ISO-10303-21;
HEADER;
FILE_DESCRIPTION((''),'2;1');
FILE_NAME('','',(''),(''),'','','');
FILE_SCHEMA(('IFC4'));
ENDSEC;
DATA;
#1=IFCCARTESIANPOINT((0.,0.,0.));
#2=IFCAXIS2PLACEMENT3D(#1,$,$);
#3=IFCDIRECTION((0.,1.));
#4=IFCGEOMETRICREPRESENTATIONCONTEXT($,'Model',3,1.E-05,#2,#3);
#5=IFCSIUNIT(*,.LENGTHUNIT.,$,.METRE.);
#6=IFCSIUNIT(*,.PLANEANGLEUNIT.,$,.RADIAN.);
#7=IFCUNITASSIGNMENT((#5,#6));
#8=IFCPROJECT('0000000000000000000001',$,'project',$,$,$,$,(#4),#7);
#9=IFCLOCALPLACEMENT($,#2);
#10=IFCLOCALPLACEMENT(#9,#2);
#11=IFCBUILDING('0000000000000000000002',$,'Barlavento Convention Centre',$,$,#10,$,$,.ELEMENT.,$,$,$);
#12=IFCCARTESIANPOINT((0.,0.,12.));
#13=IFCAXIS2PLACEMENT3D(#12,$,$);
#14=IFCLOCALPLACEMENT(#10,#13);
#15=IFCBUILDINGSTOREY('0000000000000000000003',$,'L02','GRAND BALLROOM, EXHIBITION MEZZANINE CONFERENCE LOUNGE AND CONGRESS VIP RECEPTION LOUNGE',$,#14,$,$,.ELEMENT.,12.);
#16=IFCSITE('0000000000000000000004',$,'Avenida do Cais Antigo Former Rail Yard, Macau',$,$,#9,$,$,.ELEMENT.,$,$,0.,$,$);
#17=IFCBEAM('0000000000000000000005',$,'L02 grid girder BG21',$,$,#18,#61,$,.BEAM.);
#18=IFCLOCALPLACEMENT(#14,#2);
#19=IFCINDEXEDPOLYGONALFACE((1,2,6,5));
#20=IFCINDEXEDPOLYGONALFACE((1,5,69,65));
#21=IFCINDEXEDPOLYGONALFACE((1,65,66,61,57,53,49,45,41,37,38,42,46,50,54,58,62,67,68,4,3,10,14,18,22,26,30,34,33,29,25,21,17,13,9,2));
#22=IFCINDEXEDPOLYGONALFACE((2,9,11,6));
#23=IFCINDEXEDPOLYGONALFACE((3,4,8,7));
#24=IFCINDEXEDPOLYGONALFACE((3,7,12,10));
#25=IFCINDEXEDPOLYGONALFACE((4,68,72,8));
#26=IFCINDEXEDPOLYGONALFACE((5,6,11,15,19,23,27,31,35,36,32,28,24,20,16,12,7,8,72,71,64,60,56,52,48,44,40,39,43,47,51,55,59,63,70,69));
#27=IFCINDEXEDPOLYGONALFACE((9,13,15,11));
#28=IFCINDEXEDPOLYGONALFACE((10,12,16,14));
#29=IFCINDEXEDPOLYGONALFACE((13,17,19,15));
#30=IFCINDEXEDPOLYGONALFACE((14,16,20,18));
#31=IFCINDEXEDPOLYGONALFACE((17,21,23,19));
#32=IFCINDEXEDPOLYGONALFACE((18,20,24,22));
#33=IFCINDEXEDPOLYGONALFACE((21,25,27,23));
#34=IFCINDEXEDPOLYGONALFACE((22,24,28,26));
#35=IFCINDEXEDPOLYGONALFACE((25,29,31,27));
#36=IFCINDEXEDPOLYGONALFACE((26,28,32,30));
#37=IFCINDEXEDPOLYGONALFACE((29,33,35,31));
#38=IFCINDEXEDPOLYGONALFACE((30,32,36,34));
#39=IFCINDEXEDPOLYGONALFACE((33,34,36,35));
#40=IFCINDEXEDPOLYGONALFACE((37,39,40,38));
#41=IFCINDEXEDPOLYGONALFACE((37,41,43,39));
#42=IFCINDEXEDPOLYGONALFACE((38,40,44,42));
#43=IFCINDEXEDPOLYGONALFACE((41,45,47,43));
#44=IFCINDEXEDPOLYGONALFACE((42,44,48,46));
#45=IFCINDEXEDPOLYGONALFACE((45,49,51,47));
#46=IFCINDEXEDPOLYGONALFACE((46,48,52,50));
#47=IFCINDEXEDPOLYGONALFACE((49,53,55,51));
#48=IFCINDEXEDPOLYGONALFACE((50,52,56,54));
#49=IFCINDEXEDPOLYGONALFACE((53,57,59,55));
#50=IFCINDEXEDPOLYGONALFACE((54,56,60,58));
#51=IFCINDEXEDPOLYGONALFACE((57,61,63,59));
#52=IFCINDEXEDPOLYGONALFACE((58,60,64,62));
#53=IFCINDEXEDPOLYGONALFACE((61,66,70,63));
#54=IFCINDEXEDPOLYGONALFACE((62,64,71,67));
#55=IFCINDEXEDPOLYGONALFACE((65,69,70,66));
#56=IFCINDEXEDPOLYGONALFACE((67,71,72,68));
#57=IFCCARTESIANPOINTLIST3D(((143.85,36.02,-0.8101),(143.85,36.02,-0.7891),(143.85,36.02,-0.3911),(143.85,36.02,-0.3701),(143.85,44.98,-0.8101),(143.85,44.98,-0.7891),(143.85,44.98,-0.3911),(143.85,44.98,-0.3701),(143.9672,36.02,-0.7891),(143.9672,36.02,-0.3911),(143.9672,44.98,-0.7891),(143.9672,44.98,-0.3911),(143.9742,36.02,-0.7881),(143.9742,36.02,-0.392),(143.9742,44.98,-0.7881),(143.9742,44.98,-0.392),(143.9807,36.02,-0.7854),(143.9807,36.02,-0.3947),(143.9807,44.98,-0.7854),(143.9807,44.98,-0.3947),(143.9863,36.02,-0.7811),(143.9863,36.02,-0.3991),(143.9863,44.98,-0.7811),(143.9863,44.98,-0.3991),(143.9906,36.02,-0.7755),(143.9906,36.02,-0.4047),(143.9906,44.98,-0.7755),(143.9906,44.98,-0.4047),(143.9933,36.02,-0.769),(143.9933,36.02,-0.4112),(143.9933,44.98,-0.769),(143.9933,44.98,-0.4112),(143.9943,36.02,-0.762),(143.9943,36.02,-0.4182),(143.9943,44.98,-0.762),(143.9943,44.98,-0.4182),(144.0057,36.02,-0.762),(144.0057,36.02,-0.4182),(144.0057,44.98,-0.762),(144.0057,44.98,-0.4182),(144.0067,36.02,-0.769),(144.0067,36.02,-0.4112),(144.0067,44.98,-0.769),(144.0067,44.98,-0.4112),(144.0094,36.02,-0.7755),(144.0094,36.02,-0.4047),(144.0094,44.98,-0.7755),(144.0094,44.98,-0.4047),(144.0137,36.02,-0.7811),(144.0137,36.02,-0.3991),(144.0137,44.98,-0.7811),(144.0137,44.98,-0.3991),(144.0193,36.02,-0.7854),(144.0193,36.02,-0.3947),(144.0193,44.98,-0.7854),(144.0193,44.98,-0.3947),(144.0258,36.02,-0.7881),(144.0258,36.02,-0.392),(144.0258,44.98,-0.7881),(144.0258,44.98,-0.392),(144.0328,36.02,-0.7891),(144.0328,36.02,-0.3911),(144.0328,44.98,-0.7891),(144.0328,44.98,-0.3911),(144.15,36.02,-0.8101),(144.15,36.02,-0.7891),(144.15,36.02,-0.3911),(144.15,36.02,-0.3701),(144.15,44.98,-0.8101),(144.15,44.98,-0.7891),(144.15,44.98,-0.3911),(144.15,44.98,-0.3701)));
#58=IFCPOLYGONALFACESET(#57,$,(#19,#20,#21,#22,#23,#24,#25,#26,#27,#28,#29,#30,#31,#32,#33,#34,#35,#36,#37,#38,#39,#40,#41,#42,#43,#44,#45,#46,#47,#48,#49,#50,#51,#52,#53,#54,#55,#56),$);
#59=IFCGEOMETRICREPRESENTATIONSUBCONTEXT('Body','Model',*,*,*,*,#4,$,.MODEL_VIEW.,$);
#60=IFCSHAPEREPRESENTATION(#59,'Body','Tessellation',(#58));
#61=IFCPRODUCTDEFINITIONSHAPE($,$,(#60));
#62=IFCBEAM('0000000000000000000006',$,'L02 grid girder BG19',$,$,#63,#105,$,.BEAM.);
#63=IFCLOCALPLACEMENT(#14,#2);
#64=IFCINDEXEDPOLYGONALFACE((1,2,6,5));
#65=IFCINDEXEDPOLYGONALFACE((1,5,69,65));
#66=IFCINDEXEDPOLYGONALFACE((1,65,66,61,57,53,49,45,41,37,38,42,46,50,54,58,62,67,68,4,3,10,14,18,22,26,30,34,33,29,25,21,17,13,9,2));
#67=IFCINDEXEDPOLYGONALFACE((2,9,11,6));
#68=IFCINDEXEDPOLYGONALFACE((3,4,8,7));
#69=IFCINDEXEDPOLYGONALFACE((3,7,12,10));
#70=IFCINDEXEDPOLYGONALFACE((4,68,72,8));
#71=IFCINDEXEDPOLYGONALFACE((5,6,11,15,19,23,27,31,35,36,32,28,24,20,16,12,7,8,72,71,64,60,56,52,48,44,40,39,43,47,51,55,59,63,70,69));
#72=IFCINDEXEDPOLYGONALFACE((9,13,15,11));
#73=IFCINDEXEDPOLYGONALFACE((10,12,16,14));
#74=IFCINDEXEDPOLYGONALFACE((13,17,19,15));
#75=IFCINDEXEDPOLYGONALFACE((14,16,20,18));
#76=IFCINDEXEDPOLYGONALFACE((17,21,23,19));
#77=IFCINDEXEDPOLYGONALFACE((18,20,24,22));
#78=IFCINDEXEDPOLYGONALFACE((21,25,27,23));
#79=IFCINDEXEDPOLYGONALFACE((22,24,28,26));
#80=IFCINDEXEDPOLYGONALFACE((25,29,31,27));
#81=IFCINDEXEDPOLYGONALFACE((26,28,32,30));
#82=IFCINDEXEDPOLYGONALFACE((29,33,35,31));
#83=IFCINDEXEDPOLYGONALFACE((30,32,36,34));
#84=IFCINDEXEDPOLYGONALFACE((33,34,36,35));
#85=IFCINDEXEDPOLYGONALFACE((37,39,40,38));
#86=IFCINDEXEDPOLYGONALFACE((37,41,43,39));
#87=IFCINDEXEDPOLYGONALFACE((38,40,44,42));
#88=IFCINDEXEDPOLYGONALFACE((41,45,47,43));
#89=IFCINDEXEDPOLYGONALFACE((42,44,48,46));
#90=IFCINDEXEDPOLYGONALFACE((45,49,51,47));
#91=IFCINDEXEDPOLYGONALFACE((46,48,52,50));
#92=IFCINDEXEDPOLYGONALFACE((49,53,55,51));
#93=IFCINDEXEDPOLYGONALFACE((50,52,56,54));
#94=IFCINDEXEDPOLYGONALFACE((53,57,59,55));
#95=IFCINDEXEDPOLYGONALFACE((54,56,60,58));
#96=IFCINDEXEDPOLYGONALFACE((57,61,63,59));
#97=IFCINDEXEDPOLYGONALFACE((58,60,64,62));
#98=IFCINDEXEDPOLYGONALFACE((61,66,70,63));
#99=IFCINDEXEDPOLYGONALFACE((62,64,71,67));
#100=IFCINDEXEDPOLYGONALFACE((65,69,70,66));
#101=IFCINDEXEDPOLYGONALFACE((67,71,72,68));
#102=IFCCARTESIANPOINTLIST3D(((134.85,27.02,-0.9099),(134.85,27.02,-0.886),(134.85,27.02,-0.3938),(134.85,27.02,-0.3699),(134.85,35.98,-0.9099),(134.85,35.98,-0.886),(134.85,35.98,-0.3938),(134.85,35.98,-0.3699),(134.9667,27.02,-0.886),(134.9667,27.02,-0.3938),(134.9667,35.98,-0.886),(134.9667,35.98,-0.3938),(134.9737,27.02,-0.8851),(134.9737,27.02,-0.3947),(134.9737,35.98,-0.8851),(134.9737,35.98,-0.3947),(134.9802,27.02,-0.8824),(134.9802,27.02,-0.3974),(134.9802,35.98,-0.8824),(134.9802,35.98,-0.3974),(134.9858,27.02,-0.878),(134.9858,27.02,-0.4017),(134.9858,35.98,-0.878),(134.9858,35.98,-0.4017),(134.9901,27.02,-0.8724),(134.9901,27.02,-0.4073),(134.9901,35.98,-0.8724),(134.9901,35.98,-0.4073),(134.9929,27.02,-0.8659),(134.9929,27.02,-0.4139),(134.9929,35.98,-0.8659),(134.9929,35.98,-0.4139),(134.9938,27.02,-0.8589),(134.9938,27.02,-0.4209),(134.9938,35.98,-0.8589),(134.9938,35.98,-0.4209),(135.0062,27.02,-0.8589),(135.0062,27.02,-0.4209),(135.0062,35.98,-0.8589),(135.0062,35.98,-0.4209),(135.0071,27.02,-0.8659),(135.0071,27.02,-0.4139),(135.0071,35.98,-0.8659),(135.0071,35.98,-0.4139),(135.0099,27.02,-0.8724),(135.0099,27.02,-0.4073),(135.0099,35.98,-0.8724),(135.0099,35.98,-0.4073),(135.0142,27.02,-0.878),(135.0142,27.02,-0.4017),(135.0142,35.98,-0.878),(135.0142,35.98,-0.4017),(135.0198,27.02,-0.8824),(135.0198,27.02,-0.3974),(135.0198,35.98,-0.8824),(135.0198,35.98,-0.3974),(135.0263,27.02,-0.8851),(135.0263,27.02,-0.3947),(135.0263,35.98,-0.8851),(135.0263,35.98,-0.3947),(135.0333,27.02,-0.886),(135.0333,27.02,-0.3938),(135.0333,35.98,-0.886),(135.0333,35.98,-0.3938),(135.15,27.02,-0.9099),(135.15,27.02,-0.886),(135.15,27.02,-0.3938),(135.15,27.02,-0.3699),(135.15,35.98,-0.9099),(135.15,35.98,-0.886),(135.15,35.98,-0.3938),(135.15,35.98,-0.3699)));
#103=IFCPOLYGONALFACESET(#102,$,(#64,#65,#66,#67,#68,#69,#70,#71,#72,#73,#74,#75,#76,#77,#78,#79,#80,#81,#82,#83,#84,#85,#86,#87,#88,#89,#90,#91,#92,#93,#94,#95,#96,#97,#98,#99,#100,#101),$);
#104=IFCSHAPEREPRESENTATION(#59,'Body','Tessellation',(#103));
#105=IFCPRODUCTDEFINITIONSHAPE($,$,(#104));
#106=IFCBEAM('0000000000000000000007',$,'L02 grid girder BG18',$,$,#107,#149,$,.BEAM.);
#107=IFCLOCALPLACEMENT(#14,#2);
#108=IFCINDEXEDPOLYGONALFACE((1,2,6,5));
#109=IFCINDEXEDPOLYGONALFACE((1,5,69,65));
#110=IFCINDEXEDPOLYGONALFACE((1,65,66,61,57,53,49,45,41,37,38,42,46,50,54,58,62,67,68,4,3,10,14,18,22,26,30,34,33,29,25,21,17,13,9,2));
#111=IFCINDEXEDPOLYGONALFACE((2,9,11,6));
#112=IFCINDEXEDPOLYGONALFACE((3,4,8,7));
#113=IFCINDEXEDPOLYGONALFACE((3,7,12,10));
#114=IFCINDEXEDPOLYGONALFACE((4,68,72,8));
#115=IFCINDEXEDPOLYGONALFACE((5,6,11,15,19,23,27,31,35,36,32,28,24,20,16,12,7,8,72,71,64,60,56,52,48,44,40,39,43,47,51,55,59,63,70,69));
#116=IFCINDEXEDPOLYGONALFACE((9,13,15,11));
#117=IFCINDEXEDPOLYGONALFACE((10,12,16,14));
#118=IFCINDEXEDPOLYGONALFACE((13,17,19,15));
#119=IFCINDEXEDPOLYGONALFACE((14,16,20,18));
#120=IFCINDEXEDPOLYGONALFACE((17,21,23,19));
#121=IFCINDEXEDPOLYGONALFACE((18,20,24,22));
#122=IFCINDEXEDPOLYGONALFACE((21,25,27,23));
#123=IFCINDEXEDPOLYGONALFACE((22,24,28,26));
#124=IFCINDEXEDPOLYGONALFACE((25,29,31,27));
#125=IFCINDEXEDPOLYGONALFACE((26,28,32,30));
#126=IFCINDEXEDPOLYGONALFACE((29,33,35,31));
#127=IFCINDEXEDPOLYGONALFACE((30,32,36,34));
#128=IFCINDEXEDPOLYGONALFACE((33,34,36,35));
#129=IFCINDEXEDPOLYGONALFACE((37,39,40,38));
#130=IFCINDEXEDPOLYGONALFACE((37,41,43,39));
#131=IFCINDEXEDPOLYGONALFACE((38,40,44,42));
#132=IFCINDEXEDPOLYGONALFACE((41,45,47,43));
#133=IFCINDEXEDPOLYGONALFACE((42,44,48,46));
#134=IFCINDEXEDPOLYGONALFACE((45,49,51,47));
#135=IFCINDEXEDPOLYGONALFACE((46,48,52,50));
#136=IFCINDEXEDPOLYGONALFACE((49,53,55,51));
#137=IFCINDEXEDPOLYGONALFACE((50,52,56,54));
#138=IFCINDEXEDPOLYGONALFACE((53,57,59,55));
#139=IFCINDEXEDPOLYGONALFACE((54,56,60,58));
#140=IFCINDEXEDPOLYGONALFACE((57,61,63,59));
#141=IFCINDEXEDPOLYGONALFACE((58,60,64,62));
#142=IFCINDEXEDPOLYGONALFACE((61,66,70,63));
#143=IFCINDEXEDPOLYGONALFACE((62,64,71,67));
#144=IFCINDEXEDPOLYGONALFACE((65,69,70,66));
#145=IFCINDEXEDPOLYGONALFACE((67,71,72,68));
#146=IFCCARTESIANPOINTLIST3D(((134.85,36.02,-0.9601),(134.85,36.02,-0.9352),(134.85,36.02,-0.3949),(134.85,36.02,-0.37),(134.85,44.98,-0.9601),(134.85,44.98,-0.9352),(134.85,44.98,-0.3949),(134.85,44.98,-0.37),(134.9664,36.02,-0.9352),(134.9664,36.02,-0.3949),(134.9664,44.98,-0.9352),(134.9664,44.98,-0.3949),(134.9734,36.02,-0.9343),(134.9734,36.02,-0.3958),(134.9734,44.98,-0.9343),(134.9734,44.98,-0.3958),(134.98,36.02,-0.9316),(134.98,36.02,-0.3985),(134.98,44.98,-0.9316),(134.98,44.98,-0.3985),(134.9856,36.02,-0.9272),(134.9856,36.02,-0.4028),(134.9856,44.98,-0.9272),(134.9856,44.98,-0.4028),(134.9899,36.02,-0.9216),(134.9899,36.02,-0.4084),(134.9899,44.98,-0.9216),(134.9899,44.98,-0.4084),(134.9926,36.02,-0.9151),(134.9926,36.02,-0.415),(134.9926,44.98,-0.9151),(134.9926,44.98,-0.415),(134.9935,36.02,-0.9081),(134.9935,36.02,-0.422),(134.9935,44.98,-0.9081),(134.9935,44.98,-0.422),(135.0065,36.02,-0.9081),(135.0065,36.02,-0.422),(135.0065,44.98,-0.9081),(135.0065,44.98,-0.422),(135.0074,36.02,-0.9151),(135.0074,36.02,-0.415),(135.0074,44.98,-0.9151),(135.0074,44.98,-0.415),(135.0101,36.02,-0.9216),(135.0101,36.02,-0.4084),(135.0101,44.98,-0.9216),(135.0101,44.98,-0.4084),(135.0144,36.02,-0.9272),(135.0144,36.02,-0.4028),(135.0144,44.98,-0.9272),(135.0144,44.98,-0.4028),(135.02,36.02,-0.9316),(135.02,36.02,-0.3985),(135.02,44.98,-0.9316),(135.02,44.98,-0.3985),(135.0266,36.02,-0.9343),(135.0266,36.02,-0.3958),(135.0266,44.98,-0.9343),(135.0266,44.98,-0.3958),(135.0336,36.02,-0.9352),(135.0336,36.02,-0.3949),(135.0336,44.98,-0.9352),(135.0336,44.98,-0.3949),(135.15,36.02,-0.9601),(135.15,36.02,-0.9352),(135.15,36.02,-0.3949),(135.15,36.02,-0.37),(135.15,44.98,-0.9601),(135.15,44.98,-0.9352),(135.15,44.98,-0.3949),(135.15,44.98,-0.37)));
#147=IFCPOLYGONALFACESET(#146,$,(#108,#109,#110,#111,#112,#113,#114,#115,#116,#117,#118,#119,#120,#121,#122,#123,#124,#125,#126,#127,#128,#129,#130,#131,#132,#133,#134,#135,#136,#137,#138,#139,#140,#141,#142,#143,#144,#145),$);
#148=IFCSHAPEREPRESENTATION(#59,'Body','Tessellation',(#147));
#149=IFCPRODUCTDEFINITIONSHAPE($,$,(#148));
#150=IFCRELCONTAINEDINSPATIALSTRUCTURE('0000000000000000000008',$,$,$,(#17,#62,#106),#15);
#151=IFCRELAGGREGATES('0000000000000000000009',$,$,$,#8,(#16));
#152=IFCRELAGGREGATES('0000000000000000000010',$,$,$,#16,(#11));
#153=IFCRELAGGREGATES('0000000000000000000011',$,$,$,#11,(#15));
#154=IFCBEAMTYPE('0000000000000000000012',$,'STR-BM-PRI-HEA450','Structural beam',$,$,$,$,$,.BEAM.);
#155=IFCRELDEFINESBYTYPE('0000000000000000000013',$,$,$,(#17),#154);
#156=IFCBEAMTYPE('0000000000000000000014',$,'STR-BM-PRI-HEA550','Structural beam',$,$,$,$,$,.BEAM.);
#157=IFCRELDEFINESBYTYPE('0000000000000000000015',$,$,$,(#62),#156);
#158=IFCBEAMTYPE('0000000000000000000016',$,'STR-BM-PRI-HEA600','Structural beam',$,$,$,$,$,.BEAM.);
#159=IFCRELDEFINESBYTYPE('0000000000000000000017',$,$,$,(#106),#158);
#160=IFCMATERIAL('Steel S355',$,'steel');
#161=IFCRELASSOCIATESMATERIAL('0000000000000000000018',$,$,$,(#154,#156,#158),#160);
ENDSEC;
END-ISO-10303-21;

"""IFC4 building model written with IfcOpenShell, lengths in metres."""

from ifc_helpers import new_model, si_unit, direction, frame, origin, origin_2d, place, context, subcontext, project, spatial, i_section, extrude, material, material_profile, profile_set, type_object, element, save


model = new_model("IFC4")

# Units and contexts
model_context = context("Model", 3, precision=1e-05, world=origin(), true_north=direction((0.0, 1.0)))
body_context = subcontext(model_context, "Body", "Model", "MODEL_VIEW")
ifc_project = project(units=[si_unit("LENGTHUNIT", "METRE"), si_unit("PLANEANGLEUNIT", "RADIAN")], contexts=[model_context])

# Site, building, storey
site_placement = place(None, origin())
site = spatial("IfcSite", under=ifc_project, at=site_placement, Name="Avenida do Cais Antigo Former Rail Yard, Macau", CompositionType="ELEMENT", RefElevation=0.0)
building_placement = place(site_placement, origin())
building = spatial("IfcBuilding", under=site, at=building_placement, Name="Barlavento Convention Centre", CompositionType="ELEMENT")
storey_placement = place(building_placement, frame((0.0, 0.0, 12.0)))
storey = spatial("IfcBuildingStorey", under=building, at=storey_placement, Name="L02", Description="GRAND BALLROOM, EXHIBITION MEZZANINE CONFERENCE LOUNGE AND CONGRESS VIP RECEPTION LOUNGE", CompositionType="ELEMENT", Elevation=12.0)

# Shared definitions
ifc_material_1 = material(Name="Steel S355", Category="steel")

# Beams
ifc_material_profile_1 = material_profile(ifc_material_1, i_section(OverallWidth=0.3, OverallDepth=0.4399, WebThickness=0.0115, FlangeThickness=0.021, FilletRadius=0.0271, at=origin_2d()), Name="HEA 450")
ifc_profile_set_1 = profile_set([ifc_material_profile_1], Name="Steel S355")
beam_type_1 = type_object("IfcBeamType", Name="STR-BM-PRI-HEA450", Description="Structural beam", PredefinedType="BEAM", material=ifc_profile_set_1)
beam_1_placement = place(storey_placement, frame((144.0, 36.02, -0.5901), z_axis=(0.0, 1.0, 0.0), x_axis=(-1.0, 0.0, 0.0)))
element("IfcBeam", 1, at=beam_1_placement, inside=storey, type_object=beam_type_1, Name="L02 grid girder BG21", PredefinedType="BEAM", context=body_context, shape_type="SweptSolid", body=[
    extrude(i_section(OverallWidth=0.3, OverallDepth=0.4399, WebThickness=0.0115, FlangeThickness=0.021, FilletRadius=0.0271, at=origin_2d()), origin(), (0.0, 0.0, 1.0), 8.96),
])
ifc_material_profile_2 = material_profile(ifc_material_1, i_section(OverallWidth=0.3, OverallDepth=0.54, WebThickness=0.0125, FlangeThickness=0.0239, FilletRadius=0.0271, at=origin_2d()), Name="HEA 550")
ifc_profile_set_2 = profile_set([ifc_material_profile_2], Name="Steel S355")
beam_type_2 = type_object("IfcBeamType", Name="STR-BM-PRI-HEA550", Description="Structural beam", PredefinedType="BEAM", material=ifc_profile_set_2)
beam_2_placement = place(storey_placement, frame((135.0, 27.02, -0.6399), z_axis=(0.0, 1.0, 0.0), x_axis=(-1.0, 0.0, 0.0)))
element("IfcBeam", 2, at=beam_2_placement, inside=storey, type_object=beam_type_2, Name="L02 grid girder BG19", PredefinedType="BEAM", context=body_context, shape_type="SweptSolid", body=[
    extrude(i_section(OverallWidth=0.3, OverallDepth=0.54, WebThickness=0.0125, FlangeThickness=0.0239, FilletRadius=0.0271, at=origin_2d()), origin(), (0.0, 0.0, 1.0), 8.96),
])
ifc_material_profile_3 = material_profile(ifc_material_1, i_section(OverallWidth=0.3, OverallDepth=0.5901, WebThickness=0.0129, FlangeThickness=0.0249, FilletRadius=0.0271, at=origin_2d()), Name="HEA 600")
ifc_profile_set_3 = profile_set([ifc_material_profile_3], Name="Steel S355")
beam_type_3 = type_object("IfcBeamType", Name="STR-BM-PRI-HEA600", Description="Structural beam", PredefinedType="BEAM", material=ifc_profile_set_3)
beam_3_placement = place(storey_placement, frame((135.0, 36.02, -0.665), z_axis=(0.0, 1.0, 0.0), x_axis=(-1.0, 0.0, 0.0)))
element("IfcBeam", 3, at=beam_3_placement, inside=storey, type_object=beam_type_3, Name="L02 grid girder BG18", PredefinedType="BEAM", context=body_context, shape_type="SweptSolid", body=[
    extrude(i_section(OverallWidth=0.3, OverallDepth=0.5901, WebThickness=0.0129, FlangeThickness=0.0249, FilletRadius=0.0271, at=origin_2d()), origin(), (0.0, 0.0, 1.0), 8.96),
])

save(model, "model.ifc")
